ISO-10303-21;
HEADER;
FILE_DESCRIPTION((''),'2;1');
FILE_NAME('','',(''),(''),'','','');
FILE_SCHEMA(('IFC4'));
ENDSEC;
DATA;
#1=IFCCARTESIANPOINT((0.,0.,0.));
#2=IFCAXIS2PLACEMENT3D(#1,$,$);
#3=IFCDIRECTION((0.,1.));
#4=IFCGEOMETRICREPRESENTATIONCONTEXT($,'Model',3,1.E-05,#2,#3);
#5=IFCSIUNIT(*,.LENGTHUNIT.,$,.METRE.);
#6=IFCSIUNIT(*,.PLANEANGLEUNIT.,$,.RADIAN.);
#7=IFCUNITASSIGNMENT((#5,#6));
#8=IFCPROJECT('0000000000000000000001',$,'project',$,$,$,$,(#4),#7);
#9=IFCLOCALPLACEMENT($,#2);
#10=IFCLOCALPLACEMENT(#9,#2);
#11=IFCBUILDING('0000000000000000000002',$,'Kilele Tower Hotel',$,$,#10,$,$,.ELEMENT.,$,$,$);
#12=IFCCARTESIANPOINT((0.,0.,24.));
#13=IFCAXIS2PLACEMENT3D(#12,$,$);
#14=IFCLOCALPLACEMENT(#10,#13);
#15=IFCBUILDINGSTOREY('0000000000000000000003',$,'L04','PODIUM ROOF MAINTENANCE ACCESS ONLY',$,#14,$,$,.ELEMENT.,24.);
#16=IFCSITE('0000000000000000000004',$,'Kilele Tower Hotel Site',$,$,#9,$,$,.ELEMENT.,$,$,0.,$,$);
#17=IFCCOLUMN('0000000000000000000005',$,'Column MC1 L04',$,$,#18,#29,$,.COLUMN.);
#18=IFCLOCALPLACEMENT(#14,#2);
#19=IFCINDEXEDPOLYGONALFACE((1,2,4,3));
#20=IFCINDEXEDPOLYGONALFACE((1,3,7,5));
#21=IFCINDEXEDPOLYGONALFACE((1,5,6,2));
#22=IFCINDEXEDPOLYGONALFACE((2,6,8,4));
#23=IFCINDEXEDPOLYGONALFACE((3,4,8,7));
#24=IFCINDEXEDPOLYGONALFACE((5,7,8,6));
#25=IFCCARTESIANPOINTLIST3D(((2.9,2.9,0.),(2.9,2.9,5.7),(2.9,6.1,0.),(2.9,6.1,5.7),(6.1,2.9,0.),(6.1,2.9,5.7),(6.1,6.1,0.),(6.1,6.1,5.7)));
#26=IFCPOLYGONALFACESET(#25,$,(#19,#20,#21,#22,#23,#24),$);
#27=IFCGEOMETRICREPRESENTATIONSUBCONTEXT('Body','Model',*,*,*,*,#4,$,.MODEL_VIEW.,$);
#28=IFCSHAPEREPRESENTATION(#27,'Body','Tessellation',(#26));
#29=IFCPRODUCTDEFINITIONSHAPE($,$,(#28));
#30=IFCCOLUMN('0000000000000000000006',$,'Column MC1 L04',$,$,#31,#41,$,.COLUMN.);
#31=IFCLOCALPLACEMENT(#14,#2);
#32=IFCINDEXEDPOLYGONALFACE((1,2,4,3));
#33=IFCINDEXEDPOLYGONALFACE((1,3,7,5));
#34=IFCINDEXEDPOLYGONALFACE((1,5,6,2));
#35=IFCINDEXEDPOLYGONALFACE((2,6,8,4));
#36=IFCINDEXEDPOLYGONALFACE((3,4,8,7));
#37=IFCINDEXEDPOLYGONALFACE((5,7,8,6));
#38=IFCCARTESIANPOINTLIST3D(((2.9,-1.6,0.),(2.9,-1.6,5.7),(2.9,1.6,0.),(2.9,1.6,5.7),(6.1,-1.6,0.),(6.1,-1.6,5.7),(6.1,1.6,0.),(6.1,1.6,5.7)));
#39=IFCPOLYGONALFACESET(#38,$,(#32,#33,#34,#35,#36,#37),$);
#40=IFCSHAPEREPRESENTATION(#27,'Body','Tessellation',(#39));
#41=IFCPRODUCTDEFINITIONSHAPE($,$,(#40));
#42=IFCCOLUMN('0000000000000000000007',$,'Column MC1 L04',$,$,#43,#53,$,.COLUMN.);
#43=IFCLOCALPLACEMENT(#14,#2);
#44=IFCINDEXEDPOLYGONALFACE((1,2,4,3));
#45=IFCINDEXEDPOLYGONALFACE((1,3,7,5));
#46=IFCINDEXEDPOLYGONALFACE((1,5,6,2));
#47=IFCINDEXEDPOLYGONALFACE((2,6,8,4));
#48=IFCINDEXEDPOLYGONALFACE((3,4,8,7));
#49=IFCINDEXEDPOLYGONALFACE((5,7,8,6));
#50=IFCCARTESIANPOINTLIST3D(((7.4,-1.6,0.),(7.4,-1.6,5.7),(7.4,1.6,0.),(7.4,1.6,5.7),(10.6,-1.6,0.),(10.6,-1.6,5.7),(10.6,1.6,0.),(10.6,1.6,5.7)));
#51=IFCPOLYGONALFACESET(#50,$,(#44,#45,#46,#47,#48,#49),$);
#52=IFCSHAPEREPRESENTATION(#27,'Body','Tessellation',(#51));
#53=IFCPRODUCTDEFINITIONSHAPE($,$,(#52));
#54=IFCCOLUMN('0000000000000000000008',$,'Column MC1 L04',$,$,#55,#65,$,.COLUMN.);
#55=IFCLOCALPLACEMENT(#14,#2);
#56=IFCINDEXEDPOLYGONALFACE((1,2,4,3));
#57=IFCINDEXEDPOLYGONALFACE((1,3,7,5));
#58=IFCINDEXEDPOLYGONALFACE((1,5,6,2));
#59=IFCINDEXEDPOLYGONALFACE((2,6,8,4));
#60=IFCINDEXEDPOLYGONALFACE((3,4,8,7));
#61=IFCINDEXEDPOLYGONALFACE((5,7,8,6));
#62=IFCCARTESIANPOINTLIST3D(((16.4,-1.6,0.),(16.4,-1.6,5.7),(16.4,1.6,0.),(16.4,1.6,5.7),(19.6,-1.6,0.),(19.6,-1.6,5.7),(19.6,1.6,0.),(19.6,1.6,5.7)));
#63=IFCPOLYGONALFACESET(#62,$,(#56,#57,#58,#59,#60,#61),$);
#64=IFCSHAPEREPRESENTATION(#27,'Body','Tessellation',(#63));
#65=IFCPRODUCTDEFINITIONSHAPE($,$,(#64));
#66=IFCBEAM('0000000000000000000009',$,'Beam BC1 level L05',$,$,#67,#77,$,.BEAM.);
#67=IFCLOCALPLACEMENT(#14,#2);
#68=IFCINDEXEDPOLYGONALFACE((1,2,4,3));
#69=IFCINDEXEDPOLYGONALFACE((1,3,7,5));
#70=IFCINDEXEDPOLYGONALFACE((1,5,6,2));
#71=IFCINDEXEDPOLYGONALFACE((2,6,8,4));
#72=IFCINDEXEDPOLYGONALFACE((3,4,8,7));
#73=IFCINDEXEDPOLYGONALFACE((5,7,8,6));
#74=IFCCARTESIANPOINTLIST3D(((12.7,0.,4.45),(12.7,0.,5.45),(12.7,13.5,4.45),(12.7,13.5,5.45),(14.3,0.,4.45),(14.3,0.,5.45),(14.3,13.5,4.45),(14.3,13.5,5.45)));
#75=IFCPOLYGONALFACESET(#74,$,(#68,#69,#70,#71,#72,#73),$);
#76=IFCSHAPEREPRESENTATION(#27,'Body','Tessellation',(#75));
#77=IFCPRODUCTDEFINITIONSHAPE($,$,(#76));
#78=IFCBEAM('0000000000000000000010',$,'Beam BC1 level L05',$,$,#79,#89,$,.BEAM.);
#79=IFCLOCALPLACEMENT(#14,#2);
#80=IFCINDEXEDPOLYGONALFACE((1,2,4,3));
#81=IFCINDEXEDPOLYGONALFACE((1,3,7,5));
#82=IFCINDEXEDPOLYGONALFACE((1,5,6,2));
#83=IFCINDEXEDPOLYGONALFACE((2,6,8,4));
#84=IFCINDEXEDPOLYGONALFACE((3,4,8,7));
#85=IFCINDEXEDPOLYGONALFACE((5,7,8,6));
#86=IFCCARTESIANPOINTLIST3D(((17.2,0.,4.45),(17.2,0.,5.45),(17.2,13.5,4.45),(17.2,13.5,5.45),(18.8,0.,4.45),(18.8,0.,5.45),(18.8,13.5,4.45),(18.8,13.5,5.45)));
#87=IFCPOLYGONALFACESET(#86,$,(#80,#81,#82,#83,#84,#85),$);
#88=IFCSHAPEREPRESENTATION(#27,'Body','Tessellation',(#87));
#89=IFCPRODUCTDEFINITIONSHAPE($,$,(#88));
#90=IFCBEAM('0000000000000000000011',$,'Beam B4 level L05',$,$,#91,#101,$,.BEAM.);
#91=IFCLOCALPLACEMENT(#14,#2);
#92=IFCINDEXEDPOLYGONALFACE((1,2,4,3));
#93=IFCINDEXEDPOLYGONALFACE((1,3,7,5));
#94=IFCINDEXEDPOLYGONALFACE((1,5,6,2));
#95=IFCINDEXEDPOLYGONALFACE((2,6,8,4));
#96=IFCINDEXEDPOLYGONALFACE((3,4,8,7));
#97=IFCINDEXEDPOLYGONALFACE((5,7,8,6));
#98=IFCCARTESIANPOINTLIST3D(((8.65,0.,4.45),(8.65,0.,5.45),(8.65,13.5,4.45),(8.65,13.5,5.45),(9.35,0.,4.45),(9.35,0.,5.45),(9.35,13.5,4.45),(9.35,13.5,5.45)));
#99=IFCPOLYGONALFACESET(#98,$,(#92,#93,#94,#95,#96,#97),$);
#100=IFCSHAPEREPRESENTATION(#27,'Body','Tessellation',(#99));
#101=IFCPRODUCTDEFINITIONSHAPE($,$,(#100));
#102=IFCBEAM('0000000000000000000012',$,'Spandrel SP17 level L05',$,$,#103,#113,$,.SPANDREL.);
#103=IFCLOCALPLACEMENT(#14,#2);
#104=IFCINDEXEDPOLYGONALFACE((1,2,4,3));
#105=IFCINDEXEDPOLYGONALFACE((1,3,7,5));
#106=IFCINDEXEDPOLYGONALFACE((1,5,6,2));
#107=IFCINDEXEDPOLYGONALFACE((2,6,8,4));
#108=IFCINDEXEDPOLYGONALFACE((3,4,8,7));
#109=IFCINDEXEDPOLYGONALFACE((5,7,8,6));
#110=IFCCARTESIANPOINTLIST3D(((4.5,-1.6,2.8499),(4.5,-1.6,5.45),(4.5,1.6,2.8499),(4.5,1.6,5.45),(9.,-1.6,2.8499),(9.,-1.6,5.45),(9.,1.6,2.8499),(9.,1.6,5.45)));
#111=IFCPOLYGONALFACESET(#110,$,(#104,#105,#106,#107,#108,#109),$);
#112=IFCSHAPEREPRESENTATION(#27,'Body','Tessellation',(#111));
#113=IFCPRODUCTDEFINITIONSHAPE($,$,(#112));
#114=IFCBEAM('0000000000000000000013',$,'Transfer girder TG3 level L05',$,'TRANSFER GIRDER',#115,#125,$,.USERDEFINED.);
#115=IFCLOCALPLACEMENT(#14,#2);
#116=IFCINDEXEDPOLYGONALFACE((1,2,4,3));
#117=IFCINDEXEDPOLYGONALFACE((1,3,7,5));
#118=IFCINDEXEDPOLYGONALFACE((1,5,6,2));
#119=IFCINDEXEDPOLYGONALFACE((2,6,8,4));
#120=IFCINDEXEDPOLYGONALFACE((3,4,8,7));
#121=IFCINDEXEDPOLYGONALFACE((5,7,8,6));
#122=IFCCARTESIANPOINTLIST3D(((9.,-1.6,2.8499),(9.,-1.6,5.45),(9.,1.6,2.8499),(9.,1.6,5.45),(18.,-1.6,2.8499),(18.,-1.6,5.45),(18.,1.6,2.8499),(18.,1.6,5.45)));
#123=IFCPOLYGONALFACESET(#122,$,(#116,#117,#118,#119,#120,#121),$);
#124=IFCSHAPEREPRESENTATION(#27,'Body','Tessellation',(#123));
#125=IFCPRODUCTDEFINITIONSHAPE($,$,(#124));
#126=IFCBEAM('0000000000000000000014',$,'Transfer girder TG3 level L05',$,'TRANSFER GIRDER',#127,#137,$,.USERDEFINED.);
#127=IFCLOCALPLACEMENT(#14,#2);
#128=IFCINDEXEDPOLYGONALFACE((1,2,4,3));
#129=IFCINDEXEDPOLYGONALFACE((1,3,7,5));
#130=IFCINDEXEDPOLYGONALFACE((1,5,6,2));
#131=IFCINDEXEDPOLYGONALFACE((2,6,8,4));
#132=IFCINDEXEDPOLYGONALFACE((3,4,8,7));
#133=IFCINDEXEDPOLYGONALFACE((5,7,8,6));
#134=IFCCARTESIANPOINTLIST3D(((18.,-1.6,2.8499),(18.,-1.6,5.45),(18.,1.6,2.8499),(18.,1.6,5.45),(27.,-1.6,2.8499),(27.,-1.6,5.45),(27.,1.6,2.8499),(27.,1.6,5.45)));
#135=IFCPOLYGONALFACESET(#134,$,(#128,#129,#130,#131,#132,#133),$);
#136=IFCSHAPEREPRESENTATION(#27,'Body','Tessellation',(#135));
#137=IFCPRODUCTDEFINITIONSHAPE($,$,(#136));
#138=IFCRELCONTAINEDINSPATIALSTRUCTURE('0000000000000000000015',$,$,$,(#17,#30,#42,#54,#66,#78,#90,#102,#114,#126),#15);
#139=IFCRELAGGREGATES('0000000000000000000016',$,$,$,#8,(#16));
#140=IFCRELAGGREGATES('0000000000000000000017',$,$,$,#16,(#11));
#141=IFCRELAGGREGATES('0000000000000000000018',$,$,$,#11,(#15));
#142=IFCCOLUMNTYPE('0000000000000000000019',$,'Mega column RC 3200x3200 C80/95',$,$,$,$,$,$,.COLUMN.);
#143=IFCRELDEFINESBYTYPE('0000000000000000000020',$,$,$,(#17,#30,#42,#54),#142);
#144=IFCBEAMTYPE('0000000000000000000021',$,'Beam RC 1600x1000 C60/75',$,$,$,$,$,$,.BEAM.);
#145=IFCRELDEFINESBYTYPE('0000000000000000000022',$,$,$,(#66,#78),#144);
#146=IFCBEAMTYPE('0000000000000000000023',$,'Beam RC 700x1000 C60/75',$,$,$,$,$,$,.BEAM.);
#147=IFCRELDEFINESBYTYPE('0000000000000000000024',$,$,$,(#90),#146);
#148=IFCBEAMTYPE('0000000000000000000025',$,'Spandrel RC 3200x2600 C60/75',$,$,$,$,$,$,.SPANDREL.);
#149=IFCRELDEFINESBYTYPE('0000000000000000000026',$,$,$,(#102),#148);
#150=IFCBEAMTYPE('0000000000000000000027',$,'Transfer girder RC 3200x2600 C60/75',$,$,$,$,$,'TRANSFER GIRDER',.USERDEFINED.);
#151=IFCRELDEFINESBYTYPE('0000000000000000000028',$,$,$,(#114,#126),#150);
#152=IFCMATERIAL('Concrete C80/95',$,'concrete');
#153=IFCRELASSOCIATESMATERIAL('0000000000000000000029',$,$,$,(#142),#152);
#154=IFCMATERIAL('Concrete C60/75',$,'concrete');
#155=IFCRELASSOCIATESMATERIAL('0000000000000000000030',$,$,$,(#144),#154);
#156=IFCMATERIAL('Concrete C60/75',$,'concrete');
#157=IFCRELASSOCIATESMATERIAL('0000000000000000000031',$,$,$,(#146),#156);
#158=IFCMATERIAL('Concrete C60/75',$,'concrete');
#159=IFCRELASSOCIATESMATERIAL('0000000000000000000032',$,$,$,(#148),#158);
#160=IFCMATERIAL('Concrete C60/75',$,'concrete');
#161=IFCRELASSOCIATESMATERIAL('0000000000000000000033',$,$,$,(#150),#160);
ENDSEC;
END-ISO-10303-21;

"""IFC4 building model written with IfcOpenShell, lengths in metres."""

from ifc_helpers import new_model, si_unit, direction, frame, origin, origin_2d, place, context, subcontext, project, spatial, rectangle, extrude, material, material_profile, profile_set, type_object, element, save


model = new_model("IFC4")

# Units and contexts
model_context = context("Model", 3, precision=1e-05, world=origin(), true_north=direction((0.0, 1.0)))
body_context = subcontext(model_context, "Body", "Model", "MODEL_VIEW")
ifc_project = project(units=[si_unit("LENGTHUNIT", "METRE"), si_unit("PLANEANGLEUNIT", "RADIAN")], contexts=[model_context])

# Site, building, storey
site_placement = place(None, origin())
site = spatial("IfcSite", under=ifc_project, at=site_placement, Name="Kilele Tower Hotel Site", CompositionType="ELEMENT", RefElevation=0.0)
building_placement = place(site_placement, origin())
building = spatial("IfcBuilding", under=site, at=building_placement, Name="Kilele Tower Hotel", CompositionType="ELEMENT")
storey_placement = place(building_placement, frame((0.0, 0.0, 24.0)))
storey = spatial("IfcBuildingStorey", under=building, at=storey_placement, Name="L04", Description="PODIUM ROOF MAINTENANCE ACCESS ONLY", CompositionType="ELEMENT", Elevation=24.0)

# Columns
ifc_material_1 = material(Name="Concrete C80/95", Category="concrete")
ifc_material_profile_1 = material_profile(ifc_material_1, rectangle(XDim=3.2, YDim=3.2, at=origin_2d()))
ifc_profile_set_1 = profile_set([ifc_material_profile_1], Name="Concrete C80/95")
column_type = type_object("IfcColumnType", Name="Mega column RC 3200x3200 C80/95", PredefinedType="COLUMN", material=ifc_profile_set_1)
for number, where, z_axis, x_axis, name in (
    (1, (4.5, 4.5, 0.0), (0.0, 0.0, 1.0), (1.0, 0.0, 0.0), "Column MC1 L04"),
    (2, (4.5, 0.0, 0.0), (0.0, 0.0, 1.0), (1.0, 0.0, 0.0), "Column MC1 L04"),
    (3, (9.0, 0.0, 0.0), (0.0, 0.0, 1.0), (1.0, 0.0, 0.0), "Column MC1 L04"),
    (4, (18.0, 0.0, 0.0), (0.0, 0.0, 1.0), (1.0, 0.0, 0.0), "Column MC1 L04"),
):
    element("IfcColumn", number, at=place(storey_placement, frame(where, z_axis=z_axis, x_axis=x_axis)), inside=storey, type_object=column_type, Name=name, PredefinedType="COLUMN", context=body_context, shape_type="SweptSolid", body=[
        extrude(rectangle(XDim=3.2, YDim=3.2, at=origin_2d()), origin(), (0.0, 0.0, 1.0), 5.7),
    ])

# Beams
ifc_material_2 = material(Name="Concrete C60/75", Category="concrete")
ifc_material_profile_2 = material_profile(ifc_material_2, rectangle(XDim=1.6001, YDim=1.0, at=origin_2d()))
ifc_profile_set_2 = profile_set([ifc_material_profile_2], Name="Concrete C60/75")
beam_type_1 = type_object("IfcBeamType", Name="Beam RC 1600x1000 C60/75", PredefinedType="BEAM", material=ifc_profile_set_2)
for number, where, z_axis, x_axis, name in (
    (5, (13.5, 0.0, 4.95), (0.0, 1.0, 0.0), (-1.0, 0.0, 0.0), "Beam BC1 level L05"),
    (6, (18.0, 0.0, 4.95), (0.0, 1.0, 0.0), (-1.0, 0.0, 0.0), "Beam BC1 level L05"),
):
    element("IfcBeam", number, at=place(storey_placement, frame(where, z_axis=z_axis, x_axis=x_axis)), inside=storey, type_object=beam_type_1, Name=name, PredefinedType="BEAM", context=body_context, shape_type="SweptSolid", body=[
        extrude(rectangle(XDim=1.6001, YDim=1.0, at=origin_2d()), origin(), (0.0, 0.0, 1.0), 13.5),
    ])
ifc_material_3 = material(Name="Concrete C60/75", Category="concrete")
ifc_material_profile_3 = material_profile(ifc_material_3, rectangle(XDim=0.7, YDim=1.0, at=origin_2d()))
ifc_profile_set_3 = profile_set([ifc_material_profile_3], Name="Concrete C60/75")
beam_type_2 = type_object("IfcBeamType", Name="Beam RC 700x1000 C60/75", PredefinedType="BEAM", material=ifc_profile_set_3)
beam_1_placement = place(storey_placement, frame((9.0, 0.0, 4.95), z_axis=(0.0, 1.0, 0.0), x_axis=(-1.0, 0.0, 0.0)))
element("IfcBeam", 7, at=beam_1_placement, inside=storey, type_object=beam_type_2, Name="Beam B4 level L05", PredefinedType="BEAM", context=body_context, shape_type="SweptSolid", body=[
    extrude(rectangle(XDim=0.7, YDim=1.0, at=origin_2d()), origin(), (0.0, 0.0, 1.0), 13.5),
])
ifc_material_4 = material(Name="Concrete C60/75", Category="concrete")
ifc_material_profile_4 = material_profile(ifc_material_4, rectangle(XDim=3.2, YDim=2.6001, at=origin_2d()))
ifc_profile_set_4 = profile_set([ifc_material_profile_4], Name="Concrete C60/75")
beam_type_3 = type_object("IfcBeamType", Name="Spandrel RC 3200x2600 C60/75", PredefinedType="SPANDREL", material=ifc_profile_set_4)
beam_2_placement = place(storey_placement, frame((4.5, 0.0, 4.1499), z_axis=(1.0, 0.0, 0.0), x_axis=(0.0, 1.0, 0.0)))
element("IfcBeam", 8, at=beam_2_placement, inside=storey, type_object=beam_type_3, Name="Spandrel SP17 level L05", PredefinedType="SPANDREL", context=body_context, shape_type="SweptSolid", body=[
    extrude(rectangle(XDim=3.2, YDim=2.6001, at=origin_2d()), origin(), (0.0, 0.0, 1.0), 4.5),
])
ifc_material_5 = material(Name="Concrete C60/75", Category="concrete")
ifc_material_profile_5 = material_profile(ifc_material_5, rectangle(XDim=3.2, YDim=2.6001, at=origin_2d()))
ifc_profile_set_5 = profile_set([ifc_material_profile_5], Name="Concrete C60/75")
beam_type_4 = type_object("IfcBeamType", Name="Transfer girder RC 3200x2600 C60/75", ElementType="TRANSFER GIRDER", PredefinedType="USERDEFINED", material=ifc_profile_set_5)
for number, where, z_axis, x_axis, name in (
    (9, (9.0, 0.0, 4.1499), (1.0, 0.0, 0.0), (0.0, 1.0, 0.0), "Transfer girder TG3 level L05"),
    (10, (18.0, 0.0, 4.1499), (1.0, 0.0, 0.0), (0.0, 1.0, 0.0), "Transfer girder TG3 level L05"),
):
    element("IfcBeam", number, at=place(storey_placement, frame(where, z_axis=z_axis, x_axis=x_axis)), inside=storey, type_object=beam_type_4, Name=name, ObjectType="TRANSFER GIRDER", PredefinedType="USERDEFINED", context=body_context, shape_type="SweptSolid", body=[
        extrude(rectangle(XDim=3.2, YDim=2.6001, at=origin_2d()), origin(), (0.0, 0.0, 1.0), 9.0),
    ])

save(model, "model.ifc")
